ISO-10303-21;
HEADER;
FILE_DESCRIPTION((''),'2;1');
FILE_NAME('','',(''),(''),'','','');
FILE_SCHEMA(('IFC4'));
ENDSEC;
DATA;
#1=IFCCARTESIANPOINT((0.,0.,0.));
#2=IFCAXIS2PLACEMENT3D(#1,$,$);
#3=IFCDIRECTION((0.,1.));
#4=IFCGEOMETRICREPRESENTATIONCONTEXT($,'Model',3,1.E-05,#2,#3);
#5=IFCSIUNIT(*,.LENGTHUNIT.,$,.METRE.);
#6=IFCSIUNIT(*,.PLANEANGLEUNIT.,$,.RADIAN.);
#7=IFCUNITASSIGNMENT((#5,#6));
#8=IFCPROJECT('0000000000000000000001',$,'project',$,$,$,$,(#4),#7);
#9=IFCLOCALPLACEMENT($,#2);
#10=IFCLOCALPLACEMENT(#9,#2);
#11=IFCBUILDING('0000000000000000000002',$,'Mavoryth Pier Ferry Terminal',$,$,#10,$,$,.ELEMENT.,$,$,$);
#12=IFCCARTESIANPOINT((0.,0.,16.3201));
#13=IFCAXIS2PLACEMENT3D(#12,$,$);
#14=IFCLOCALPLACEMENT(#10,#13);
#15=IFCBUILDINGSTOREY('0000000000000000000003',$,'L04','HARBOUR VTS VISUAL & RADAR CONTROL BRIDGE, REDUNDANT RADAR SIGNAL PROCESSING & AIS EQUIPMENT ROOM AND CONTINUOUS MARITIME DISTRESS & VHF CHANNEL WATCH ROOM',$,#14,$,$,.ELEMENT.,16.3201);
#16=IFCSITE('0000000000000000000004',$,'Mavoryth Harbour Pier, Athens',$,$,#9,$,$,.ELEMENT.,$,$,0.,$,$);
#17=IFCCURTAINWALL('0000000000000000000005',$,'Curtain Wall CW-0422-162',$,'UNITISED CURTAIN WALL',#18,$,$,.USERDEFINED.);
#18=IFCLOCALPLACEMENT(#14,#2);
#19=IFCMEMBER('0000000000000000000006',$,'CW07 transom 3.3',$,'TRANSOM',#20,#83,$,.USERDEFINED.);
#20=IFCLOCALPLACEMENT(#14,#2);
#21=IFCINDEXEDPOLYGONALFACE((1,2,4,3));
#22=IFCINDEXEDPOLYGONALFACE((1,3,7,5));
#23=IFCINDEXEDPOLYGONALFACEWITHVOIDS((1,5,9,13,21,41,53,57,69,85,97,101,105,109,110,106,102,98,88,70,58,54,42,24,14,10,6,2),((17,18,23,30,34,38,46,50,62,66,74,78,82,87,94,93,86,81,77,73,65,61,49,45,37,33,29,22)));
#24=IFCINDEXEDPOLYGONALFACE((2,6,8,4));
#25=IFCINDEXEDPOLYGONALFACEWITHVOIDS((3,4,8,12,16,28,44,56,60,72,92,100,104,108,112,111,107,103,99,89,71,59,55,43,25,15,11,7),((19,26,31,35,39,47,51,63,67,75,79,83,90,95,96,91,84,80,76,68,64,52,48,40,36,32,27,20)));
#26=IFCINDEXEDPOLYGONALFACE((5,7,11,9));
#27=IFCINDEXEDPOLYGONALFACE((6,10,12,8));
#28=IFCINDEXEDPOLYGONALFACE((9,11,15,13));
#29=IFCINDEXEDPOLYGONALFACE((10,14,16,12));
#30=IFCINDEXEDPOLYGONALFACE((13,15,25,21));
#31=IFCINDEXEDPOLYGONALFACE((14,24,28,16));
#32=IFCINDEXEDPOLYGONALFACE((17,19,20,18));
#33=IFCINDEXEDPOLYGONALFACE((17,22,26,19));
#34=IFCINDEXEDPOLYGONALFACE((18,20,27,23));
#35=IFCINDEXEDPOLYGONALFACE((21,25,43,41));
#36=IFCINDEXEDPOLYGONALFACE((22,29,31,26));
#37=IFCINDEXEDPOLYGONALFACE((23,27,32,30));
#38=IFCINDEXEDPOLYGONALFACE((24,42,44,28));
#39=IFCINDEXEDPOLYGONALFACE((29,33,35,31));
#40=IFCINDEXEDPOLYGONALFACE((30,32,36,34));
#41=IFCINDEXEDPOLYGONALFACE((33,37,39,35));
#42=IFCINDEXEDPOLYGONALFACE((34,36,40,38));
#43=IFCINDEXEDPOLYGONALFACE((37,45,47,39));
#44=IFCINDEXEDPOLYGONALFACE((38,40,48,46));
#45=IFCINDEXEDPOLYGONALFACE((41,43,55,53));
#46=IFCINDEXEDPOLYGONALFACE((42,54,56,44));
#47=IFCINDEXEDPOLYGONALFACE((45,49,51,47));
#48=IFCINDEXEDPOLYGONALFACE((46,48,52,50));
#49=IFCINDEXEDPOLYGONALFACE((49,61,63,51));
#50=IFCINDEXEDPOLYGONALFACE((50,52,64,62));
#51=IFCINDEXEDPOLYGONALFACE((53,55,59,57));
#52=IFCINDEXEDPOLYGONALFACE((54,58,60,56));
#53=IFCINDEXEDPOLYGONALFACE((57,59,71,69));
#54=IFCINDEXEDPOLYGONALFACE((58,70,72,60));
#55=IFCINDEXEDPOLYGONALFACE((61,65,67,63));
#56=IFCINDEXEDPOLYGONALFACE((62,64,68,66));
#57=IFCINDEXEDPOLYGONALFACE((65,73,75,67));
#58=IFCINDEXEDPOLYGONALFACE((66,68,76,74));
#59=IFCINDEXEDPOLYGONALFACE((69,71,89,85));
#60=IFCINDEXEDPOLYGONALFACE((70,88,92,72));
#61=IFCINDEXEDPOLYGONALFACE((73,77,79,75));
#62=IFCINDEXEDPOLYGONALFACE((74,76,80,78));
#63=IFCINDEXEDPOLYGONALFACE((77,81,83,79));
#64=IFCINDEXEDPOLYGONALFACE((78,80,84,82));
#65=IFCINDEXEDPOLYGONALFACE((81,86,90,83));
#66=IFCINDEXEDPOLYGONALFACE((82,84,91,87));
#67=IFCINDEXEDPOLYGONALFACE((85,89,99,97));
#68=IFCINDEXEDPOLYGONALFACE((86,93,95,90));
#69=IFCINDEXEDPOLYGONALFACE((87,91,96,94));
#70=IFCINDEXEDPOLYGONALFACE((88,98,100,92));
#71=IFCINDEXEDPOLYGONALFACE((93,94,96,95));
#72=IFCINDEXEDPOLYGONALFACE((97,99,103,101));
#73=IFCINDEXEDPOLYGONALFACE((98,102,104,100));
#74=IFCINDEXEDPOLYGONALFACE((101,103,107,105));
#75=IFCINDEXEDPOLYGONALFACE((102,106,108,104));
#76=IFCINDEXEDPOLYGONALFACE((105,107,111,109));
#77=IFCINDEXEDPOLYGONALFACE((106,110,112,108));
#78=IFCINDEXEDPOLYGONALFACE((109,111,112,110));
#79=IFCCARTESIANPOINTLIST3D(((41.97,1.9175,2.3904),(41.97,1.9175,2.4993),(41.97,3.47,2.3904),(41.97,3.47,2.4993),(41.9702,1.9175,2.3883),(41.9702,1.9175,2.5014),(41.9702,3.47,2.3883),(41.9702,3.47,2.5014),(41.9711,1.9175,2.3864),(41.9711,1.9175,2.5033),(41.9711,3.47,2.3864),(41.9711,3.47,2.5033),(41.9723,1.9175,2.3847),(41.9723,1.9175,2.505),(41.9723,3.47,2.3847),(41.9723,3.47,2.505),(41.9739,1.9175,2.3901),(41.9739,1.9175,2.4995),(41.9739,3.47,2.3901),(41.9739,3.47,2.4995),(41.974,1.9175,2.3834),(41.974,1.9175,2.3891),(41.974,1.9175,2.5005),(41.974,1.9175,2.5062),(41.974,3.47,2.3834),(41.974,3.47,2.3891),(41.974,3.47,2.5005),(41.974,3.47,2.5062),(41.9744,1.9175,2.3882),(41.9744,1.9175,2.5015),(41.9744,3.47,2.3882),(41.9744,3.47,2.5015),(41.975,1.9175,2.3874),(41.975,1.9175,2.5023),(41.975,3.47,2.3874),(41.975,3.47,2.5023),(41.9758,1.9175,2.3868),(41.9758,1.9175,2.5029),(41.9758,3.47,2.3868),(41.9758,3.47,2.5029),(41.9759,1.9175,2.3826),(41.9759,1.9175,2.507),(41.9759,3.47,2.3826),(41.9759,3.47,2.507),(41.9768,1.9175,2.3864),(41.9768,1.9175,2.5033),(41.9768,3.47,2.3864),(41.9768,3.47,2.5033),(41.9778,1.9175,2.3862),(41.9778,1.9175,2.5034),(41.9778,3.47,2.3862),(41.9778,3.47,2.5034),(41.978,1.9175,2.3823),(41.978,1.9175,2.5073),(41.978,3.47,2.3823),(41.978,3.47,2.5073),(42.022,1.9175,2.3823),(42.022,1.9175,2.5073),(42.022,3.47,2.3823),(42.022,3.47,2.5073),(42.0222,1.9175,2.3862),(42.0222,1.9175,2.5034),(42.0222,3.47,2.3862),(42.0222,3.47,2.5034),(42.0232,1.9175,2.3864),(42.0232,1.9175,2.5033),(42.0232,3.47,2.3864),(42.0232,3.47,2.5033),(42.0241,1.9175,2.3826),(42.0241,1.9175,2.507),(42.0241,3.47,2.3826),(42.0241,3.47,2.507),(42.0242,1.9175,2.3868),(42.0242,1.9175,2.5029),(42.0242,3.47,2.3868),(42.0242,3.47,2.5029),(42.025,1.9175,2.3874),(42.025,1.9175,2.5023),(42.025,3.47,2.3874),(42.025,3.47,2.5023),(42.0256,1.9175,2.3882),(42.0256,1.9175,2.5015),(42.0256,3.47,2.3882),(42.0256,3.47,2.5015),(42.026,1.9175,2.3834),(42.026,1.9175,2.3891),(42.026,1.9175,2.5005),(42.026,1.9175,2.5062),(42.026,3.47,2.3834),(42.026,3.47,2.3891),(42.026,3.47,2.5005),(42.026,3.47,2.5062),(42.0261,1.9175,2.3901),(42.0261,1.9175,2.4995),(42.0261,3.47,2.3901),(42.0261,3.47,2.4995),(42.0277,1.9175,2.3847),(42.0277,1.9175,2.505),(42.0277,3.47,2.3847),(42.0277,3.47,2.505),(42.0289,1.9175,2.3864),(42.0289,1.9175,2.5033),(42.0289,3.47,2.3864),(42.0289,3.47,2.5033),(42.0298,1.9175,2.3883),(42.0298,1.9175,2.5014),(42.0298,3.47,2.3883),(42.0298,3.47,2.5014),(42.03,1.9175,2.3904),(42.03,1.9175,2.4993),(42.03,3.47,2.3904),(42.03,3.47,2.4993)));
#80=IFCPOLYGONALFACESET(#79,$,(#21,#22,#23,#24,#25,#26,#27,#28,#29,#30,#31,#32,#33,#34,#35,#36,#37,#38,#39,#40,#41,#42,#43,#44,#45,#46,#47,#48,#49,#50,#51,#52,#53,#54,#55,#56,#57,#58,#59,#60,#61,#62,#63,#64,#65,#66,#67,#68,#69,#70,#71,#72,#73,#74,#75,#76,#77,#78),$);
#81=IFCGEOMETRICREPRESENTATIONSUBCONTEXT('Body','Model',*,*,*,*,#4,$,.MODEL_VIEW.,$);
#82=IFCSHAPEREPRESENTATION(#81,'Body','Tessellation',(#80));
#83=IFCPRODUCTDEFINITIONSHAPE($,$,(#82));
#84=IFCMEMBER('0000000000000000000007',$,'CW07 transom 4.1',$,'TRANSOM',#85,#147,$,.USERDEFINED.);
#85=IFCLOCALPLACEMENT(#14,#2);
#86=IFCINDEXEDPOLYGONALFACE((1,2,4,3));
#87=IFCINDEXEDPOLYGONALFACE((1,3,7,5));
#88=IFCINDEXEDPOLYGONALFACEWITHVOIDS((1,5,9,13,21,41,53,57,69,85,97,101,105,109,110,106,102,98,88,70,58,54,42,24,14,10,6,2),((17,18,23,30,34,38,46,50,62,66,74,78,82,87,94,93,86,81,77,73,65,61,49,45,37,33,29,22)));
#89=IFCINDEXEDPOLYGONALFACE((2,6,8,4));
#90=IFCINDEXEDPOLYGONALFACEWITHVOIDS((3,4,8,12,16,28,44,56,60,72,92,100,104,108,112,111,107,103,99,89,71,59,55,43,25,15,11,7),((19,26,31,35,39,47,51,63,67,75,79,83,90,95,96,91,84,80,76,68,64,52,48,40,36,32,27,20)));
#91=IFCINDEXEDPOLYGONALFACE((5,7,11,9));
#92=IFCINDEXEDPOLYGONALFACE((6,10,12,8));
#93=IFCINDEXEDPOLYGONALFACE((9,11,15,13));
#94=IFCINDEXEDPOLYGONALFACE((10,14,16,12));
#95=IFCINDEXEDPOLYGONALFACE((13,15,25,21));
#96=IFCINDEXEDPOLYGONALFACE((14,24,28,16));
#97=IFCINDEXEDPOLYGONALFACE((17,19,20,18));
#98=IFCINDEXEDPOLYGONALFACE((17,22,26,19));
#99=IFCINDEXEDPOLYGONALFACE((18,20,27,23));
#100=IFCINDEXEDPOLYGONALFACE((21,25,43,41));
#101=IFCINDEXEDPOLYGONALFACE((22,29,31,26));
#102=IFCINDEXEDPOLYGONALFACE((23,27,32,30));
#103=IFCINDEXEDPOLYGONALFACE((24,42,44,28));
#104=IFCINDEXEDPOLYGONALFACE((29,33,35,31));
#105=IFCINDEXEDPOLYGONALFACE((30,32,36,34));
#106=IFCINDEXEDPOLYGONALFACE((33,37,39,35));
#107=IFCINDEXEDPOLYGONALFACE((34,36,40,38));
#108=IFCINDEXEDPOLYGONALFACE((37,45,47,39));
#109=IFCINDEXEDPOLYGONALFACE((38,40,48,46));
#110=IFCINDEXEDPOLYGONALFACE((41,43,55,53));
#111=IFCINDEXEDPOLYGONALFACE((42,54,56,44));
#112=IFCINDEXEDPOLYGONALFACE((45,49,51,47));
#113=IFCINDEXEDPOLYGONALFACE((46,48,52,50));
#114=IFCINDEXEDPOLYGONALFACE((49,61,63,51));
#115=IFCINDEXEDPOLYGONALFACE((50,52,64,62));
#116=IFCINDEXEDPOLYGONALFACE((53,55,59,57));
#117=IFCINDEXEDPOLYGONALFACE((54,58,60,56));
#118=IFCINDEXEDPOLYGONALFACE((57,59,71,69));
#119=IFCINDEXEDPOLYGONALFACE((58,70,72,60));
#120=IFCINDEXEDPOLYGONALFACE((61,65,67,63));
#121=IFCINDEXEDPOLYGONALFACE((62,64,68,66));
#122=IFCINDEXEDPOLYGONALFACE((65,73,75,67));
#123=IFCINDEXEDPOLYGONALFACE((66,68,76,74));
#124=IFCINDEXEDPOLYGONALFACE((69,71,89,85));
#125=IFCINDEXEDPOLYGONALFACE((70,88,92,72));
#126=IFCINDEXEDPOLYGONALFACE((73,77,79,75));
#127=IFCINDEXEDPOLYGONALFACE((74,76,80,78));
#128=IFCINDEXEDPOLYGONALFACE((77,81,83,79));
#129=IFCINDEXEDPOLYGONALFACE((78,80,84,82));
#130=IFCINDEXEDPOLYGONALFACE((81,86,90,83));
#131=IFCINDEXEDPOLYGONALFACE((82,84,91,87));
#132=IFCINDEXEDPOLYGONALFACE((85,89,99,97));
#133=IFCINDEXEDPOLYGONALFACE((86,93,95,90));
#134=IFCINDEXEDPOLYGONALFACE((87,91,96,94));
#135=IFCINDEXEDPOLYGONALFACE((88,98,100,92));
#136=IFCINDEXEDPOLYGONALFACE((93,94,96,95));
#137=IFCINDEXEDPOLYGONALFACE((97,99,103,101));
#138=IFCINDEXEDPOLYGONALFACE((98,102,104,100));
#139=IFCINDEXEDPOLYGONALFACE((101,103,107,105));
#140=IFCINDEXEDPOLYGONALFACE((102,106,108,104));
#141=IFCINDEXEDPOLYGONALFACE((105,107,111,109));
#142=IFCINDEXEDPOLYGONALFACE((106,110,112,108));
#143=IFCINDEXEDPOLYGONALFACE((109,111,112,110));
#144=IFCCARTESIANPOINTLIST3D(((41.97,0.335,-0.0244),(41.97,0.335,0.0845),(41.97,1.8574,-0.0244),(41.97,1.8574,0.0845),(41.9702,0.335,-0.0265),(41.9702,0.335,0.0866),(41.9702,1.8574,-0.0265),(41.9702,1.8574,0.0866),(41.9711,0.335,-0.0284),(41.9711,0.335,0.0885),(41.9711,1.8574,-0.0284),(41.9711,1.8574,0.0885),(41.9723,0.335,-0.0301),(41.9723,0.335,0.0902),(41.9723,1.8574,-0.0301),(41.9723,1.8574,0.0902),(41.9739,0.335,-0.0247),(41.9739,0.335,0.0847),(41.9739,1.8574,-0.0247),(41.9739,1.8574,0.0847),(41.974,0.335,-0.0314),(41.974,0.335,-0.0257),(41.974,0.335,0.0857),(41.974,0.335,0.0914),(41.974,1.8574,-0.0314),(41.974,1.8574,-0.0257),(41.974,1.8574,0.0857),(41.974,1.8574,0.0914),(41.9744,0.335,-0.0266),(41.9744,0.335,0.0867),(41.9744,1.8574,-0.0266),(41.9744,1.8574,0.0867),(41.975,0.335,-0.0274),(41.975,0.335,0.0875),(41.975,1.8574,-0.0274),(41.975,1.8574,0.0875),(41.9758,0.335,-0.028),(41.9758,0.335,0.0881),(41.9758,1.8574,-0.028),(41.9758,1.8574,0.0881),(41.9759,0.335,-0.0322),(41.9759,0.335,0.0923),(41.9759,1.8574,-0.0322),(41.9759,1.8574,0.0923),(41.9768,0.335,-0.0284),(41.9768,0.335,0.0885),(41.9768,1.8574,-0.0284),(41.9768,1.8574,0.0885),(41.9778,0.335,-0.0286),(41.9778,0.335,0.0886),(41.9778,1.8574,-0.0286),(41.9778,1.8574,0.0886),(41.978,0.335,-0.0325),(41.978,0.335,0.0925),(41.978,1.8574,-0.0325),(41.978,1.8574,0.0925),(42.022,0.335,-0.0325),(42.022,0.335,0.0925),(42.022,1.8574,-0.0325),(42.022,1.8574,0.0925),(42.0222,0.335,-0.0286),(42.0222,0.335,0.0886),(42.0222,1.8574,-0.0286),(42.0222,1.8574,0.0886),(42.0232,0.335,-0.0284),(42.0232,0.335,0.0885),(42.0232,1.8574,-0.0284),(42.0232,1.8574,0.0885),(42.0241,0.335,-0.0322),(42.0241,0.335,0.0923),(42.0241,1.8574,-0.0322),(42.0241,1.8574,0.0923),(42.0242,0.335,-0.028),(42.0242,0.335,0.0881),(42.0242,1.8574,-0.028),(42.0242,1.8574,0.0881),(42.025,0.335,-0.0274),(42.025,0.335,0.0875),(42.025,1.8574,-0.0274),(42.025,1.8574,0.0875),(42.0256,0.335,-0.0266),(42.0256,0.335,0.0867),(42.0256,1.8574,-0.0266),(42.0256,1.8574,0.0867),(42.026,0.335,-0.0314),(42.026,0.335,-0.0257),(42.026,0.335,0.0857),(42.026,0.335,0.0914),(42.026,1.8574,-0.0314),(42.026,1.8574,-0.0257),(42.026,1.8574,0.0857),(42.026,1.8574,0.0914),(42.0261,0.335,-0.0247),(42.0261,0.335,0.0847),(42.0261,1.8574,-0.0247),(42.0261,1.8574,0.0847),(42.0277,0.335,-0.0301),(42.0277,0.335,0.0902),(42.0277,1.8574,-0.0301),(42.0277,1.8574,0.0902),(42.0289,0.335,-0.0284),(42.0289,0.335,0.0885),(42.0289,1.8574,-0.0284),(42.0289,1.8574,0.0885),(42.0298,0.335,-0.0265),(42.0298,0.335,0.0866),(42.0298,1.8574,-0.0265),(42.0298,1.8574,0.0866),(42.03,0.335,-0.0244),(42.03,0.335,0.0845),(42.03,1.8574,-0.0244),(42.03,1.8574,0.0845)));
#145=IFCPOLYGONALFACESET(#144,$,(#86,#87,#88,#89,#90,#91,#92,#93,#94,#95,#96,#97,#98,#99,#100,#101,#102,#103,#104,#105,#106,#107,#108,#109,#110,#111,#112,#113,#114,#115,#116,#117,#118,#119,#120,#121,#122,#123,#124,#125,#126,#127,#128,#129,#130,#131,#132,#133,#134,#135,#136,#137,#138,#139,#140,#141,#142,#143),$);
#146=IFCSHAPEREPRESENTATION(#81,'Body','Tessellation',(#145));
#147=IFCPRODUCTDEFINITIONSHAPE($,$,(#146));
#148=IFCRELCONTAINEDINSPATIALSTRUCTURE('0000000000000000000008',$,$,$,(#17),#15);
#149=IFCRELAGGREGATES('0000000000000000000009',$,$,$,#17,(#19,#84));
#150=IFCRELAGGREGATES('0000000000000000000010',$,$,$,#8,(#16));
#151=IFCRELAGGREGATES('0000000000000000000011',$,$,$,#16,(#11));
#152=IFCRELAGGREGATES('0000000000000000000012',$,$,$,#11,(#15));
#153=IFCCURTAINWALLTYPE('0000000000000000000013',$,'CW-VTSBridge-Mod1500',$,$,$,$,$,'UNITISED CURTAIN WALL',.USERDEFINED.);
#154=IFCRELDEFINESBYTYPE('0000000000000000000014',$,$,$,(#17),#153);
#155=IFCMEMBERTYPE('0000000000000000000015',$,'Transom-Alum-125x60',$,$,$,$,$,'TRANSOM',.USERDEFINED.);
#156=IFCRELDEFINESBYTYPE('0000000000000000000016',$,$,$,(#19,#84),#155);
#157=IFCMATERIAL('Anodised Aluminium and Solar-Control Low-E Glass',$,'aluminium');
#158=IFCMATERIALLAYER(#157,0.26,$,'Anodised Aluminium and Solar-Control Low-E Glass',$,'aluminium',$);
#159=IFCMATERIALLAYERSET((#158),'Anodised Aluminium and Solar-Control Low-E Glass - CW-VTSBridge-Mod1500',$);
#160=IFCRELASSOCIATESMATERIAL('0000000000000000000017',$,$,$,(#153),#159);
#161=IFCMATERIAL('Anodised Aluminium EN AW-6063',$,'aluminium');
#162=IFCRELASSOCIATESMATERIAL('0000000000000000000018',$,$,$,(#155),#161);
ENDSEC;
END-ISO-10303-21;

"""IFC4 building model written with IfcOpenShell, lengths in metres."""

from ifc_helpers import new_model, si_unit, direction, frame, origin, origin_2d, place, context, subcontext, project, spatial, hollow_rectangle, extrude, material, layer, layer_set, material_profile, profile_set, type_object, element, aggregate, save


model = new_model("IFC4")

# Units and contexts
model_context = context("Model", 3, precision=1e-05, world=origin(), true_north=direction((0.0, 1.0)))
body_context = subcontext(model_context, "Body", "Model", "MODEL_VIEW")
ifc_project = project(units=[si_unit("LENGTHUNIT", "METRE"), si_unit("PLANEANGLEUNIT", "RADIAN")], contexts=[model_context])

# Site, building, storey
site_placement = place(None, origin())
site = spatial("IfcSite", under=ifc_project, at=site_placement, Name="Mavoryth Harbour Pier, Athens", CompositionType="ELEMENT", RefElevation=0.0)
building_placement = place(site_placement, origin())
building = spatial("IfcBuilding", under=site, at=building_placement, Name="Mavoryth Pier Ferry Terminal", CompositionType="ELEMENT")
storey_placement = place(building_placement, frame((0.0, 0.0, 16.3201)))
storey = spatial("IfcBuildingStorey", under=building, at=storey_placement, Name="L04", Description="HARBOUR VTS VISUAL & RADAR CONTROL BRIDGE, REDUNDANT RADAR SIGNAL PROCESSING & AIS EQUIPMENT ROOM AND CONTINUOUS MARITIME DISTRESS & VHF CHANNEL WATCH ROOM", CompositionType="ELEMENT", Elevation=16.3201)

# Curtain wall, members
ifc_material_1 = material(Name="Anodised Aluminium and Solar-Control Low-E Glass", Category="aluminium")
ifc_layer_1 = layer(ifc_material_1, 0.26, Name="Anodised Aluminium and Solar-Control Low-E Glass", Category="aluminium")
ifc_layer_set_1 = layer_set([ifc_layer_1], Name="Anodised Aluminium and Solar-Control Low-E Glass - CW-VTSBridge-Mod1500")
curtain_wall_type = type_object("IfcCurtainWallType", Name="CW-VTSBridge-Mod1500", ElementType="UNITISED CURTAIN WALL", PredefinedType="USERDEFINED", material=ifc_layer_set_1)
ifc_material_2 = material(Name="Anodised Aluminium EN AW-6063", Category="aluminium")
curtain_wall_1_placement = place(storey_placement, origin())
curtain_wall_1 = element("IfcCurtainWall", 1, at=curtain_wall_1_placement, inside=storey, type_object=curtain_wall_type, Name="Curtain Wall CW-0422-162", ObjectType="UNITISED CURTAIN WALL", PredefinedType="USERDEFINED")
ifc_material_profile_1 = material_profile(ifc_material_2, hollow_rectangle(XDim=0.0601, YDim=0.125, WallThickness=0.0039, InnerFilletRadius=0.0039, OuterFilletRadius=0.0081, at=origin_2d()), Name="AL-TRAN 125x60x4", Category="aluminium")
ifc_profile_set_1 = profile_set([ifc_material_profile_1], Name="Anodised Aluminium EN AW-6063 - AL-TRAN 125x60x4")
member_type_1 = type_object("IfcMemberType", Name="Transom-Alum-125x60", ElementType="TRANSOM", PredefinedType="USERDEFINED", material=ifc_profile_set_1)
member_1_placement = place(storey_placement, frame((42.0, 3.47, 2.4448), z_axis=(0.0, -1.0, 0.0), x_axis=(1.0, 0.0, 0.0)))
member_1 = element("IfcMember", 2, at=member_1_placement, type_object=member_type_1, Name="CW07 transom 3.3", ObjectType="TRANSOM", PredefinedType="USERDEFINED", context=body_context, shape_type="SweptSolid", body=[
    extrude(hollow_rectangle(XDim=0.0601, YDim=0.125, WallThickness=0.0039, InnerFilletRadius=0.0039, OuterFilletRadius=0.0081, at=origin_2d()), origin(), (0.0, 0.0, 1.0), 1.5525),
])
member_2_placement = place(storey_placement, frame((42.0, 1.8574, 0.03), z_axis=(0.0, -1.0, 0.0), x_axis=(1.0, 0.0, 0.0)))
member_2 = element("IfcMember", 3, at=member_2_placement, type_object=member_type_1, Name="CW07 transom 4.1", ObjectType="TRANSOM", PredefinedType="USERDEFINED", context=body_context, shape_type="SweptSolid", body=[
    extrude(hollow_rectangle(XDim=0.0601, YDim=0.125, WallThickness=0.0039, InnerFilletRadius=0.0039, OuterFilletRadius=0.0081, at=origin_2d()), origin(), (0.0, 0.0, 1.0), 1.5225),
])

aggregate(curtain_wall_1, [member_1, member_2])

save(model, "model.ifc")
